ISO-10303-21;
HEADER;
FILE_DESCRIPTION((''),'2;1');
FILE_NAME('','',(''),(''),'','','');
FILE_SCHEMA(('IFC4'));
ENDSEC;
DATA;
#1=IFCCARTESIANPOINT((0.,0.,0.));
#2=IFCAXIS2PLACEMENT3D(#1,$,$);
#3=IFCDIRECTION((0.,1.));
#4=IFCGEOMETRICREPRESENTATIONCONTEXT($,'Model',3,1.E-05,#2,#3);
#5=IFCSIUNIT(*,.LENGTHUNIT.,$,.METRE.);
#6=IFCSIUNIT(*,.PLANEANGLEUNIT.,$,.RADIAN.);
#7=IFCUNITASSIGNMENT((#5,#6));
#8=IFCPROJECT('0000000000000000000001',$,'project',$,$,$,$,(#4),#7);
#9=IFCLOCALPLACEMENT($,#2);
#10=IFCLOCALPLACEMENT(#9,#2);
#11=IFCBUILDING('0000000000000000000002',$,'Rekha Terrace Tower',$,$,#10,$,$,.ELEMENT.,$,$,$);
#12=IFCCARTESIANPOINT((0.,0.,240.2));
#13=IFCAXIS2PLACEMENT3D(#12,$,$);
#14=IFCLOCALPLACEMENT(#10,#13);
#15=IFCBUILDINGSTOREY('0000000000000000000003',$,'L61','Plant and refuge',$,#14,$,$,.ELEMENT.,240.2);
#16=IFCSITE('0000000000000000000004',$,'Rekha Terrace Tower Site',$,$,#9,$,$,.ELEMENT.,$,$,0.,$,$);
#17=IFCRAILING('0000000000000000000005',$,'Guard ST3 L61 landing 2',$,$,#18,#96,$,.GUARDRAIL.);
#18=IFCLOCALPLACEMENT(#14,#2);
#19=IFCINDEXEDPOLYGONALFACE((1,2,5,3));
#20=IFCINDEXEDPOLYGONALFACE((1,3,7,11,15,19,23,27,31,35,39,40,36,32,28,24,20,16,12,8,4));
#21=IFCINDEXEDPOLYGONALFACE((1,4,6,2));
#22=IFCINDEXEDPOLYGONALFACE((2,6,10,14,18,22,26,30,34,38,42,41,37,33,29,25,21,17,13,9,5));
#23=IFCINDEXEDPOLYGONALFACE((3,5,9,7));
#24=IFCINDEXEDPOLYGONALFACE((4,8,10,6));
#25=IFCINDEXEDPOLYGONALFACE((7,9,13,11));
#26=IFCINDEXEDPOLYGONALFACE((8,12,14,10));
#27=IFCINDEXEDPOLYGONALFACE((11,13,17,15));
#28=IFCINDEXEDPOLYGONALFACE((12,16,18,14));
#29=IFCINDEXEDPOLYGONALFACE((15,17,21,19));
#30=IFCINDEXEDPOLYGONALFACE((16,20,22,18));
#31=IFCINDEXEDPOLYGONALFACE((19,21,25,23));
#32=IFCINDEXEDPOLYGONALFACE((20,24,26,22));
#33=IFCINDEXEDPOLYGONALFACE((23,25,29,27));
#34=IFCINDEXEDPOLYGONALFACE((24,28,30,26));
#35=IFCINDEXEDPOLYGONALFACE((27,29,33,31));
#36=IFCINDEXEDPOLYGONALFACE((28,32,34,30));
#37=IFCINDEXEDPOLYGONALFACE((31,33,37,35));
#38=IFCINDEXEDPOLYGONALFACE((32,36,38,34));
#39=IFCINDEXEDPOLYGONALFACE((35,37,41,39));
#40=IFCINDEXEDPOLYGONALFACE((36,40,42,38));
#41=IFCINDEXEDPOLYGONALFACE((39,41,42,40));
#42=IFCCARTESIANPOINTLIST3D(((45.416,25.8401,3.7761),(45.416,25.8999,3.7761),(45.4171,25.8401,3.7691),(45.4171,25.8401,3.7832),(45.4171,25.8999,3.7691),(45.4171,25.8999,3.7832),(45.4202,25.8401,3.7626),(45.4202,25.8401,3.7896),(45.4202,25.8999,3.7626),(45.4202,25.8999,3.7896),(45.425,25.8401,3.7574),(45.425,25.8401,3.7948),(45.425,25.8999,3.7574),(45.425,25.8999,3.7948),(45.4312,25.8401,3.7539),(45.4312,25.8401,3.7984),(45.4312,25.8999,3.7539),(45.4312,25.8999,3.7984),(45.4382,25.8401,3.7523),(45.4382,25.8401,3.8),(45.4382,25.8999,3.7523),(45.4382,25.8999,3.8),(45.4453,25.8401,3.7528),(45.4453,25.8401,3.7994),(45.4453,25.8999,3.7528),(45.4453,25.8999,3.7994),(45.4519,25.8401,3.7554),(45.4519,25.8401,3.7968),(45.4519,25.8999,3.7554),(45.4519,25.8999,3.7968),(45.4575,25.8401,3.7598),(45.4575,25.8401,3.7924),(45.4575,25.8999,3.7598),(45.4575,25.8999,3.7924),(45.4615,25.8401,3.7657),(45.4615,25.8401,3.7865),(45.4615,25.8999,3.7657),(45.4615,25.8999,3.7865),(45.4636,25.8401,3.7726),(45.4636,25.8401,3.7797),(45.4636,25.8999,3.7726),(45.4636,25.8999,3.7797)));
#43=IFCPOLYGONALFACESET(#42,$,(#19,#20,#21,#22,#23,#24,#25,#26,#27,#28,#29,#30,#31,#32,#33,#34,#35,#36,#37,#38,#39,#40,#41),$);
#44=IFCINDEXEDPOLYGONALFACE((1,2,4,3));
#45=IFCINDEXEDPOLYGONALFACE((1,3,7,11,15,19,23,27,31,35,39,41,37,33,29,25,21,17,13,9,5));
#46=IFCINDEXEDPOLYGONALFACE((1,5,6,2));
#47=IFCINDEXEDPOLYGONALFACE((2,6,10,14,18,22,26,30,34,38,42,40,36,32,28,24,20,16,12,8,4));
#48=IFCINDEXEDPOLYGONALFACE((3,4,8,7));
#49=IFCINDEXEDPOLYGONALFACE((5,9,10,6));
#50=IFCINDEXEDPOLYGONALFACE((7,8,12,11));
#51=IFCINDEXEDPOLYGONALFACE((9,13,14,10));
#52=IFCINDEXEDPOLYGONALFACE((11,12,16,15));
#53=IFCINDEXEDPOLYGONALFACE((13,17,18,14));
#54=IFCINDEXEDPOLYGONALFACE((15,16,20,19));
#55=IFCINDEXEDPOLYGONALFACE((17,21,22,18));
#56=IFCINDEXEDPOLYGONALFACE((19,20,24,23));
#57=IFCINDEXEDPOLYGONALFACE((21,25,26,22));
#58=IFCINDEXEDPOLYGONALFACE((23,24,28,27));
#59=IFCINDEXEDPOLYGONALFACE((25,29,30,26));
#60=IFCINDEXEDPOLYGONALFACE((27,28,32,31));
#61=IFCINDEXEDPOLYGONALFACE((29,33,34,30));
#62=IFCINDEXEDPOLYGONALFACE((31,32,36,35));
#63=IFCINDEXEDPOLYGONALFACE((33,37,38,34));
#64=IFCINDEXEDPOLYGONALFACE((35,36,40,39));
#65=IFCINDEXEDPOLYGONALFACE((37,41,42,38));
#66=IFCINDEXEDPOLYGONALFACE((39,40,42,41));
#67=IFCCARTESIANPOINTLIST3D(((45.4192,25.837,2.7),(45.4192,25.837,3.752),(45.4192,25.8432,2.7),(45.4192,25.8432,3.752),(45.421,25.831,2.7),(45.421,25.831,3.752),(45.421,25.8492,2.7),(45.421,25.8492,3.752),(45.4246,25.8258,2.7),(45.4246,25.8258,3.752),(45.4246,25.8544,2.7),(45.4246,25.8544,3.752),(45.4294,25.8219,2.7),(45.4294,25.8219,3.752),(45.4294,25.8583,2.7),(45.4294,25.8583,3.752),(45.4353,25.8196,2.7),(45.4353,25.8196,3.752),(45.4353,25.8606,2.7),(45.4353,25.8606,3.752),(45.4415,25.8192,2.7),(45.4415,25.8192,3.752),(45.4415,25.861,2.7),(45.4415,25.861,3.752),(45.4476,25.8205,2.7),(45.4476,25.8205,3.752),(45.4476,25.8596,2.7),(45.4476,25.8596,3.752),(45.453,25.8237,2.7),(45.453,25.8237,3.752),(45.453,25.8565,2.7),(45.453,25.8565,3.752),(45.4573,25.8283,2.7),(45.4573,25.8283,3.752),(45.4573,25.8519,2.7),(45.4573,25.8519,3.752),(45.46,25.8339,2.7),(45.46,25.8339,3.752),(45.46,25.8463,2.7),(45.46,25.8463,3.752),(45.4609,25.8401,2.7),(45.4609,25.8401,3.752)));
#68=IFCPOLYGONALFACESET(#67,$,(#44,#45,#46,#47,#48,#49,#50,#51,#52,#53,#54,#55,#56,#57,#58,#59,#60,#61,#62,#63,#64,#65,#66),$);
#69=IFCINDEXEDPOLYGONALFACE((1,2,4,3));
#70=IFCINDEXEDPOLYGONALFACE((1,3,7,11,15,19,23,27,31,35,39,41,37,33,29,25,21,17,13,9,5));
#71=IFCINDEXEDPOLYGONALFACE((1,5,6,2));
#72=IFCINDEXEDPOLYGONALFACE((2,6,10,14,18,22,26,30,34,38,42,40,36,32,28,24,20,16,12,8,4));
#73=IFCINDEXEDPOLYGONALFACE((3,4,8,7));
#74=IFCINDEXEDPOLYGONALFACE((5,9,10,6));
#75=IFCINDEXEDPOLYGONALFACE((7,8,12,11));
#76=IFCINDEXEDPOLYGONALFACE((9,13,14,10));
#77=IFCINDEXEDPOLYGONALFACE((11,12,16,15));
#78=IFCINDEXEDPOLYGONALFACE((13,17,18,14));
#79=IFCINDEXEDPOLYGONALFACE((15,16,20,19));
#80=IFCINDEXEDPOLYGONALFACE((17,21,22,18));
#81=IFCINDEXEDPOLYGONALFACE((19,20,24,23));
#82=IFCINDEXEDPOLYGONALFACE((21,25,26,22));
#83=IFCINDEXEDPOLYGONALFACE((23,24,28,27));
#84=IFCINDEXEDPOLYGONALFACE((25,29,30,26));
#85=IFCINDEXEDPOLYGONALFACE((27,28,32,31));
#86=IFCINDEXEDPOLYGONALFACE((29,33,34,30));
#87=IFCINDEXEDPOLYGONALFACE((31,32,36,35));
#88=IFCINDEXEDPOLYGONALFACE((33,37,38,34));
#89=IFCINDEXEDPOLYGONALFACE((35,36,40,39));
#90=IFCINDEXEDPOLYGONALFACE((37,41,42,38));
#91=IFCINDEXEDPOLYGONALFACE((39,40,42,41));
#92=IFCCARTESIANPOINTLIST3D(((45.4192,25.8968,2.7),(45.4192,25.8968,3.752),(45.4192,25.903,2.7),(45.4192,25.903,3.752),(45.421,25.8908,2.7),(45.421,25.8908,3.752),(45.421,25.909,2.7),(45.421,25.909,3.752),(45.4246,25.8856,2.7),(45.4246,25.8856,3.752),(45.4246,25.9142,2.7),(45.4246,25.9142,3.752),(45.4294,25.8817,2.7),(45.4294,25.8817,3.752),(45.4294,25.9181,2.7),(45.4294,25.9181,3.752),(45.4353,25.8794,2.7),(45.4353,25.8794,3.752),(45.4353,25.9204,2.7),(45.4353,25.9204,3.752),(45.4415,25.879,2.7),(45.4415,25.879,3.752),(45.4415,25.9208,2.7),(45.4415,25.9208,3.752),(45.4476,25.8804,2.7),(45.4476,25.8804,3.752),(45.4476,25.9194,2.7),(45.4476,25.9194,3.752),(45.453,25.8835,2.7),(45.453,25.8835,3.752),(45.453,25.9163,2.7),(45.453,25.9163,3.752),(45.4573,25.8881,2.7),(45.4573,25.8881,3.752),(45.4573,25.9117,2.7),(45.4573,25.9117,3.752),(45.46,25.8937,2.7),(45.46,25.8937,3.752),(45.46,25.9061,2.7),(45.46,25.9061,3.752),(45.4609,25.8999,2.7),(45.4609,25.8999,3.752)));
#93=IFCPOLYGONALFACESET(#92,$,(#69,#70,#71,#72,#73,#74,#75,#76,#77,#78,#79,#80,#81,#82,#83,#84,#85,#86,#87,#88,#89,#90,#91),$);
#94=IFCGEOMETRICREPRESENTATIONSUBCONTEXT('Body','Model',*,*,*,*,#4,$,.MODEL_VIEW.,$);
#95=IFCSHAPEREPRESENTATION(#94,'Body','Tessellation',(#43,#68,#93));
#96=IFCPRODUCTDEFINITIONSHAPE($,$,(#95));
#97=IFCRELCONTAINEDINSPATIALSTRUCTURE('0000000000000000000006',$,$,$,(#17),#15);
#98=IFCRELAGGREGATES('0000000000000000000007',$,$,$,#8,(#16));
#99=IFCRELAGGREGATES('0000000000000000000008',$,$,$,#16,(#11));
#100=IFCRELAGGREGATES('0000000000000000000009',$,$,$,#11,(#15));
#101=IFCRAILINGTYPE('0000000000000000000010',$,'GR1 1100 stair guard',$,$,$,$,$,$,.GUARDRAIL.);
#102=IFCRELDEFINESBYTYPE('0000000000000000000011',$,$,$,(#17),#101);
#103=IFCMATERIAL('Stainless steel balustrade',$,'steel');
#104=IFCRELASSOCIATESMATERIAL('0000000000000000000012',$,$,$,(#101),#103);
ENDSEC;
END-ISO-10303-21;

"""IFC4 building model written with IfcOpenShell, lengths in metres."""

from ifc_helpers import new_model, si_unit, direction, frame, origin, origin_2d, place, context, subcontext, project, spatial, circle, extrude, material, type_object, element, save


model = new_model("IFC4")

# Units and contexts
model_context = context("Model", 3, precision=1e-05, world=origin(), true_north=direction((0.0, 1.0)))
body_context = subcontext(model_context, "Body", "Model", "MODEL_VIEW")
ifc_project = project(units=[si_unit("LENGTHUNIT", "METRE"), si_unit("PLANEANGLEUNIT", "RADIAN")], contexts=[model_context])

# Site, building, storey
site_placement = place(None, origin())
site = spatial("IfcSite", under=ifc_project, at=site_placement, Name="Rekha Terrace Tower Site", CompositionType="ELEMENT", RefElevation=0.0)
building_placement = place(site_placement, origin())
building = spatial("IfcBuilding", under=site, at=building_placement, Name="Rekha Terrace Tower", CompositionType="ELEMENT")
storey_placement = place(building_placement, frame((0.0, 0.0, 240.2)))
storey = spatial("IfcBuildingStorey", under=building, at=storey_placement, Name="L61", Description="Plant and refuge", CompositionType="ELEMENT", Elevation=240.2)

# Railing
ifc_material_1 = material(Name="Stainless steel balustrade", Category="steel")
railing_type_1 = type_object("IfcRailingType", Name="GR1 1100 stair guard", PredefinedType="GUARDRAIL", material=ifc_material_1)
railing_1_placement = place(storey_placement, frame((45.4399, 25.8401, 2.7)))
element("IfcRailing", 1, at=railing_1_placement, inside=storey, type_object=railing_type_1, Name="Guard ST3 L61 landing 2", PredefinedType="GUARDRAIL", context=body_context, shape_type="SweptSolid", body=[
    extrude(circle(Radius=0.0239, at=origin_2d()), frame((0.0, 0.0, 1.0762), z_axis=(0.0, 1.0, 0.0), x_axis=(-1.0, 0.0, 0.0)), (0.0, 0.0, 1.0), 0.0598),
    extrude(circle(Radius=0.021, at=origin_2d()), origin(), (0.0, 0.0, 1.0), 1.052),
    extrude(circle(Radius=0.021, at=origin_2d()), frame((0.0, 0.0598, 0.0)), (0.0, 0.0, 1.0), 1.052),
])

save(model, "model.ifc")
